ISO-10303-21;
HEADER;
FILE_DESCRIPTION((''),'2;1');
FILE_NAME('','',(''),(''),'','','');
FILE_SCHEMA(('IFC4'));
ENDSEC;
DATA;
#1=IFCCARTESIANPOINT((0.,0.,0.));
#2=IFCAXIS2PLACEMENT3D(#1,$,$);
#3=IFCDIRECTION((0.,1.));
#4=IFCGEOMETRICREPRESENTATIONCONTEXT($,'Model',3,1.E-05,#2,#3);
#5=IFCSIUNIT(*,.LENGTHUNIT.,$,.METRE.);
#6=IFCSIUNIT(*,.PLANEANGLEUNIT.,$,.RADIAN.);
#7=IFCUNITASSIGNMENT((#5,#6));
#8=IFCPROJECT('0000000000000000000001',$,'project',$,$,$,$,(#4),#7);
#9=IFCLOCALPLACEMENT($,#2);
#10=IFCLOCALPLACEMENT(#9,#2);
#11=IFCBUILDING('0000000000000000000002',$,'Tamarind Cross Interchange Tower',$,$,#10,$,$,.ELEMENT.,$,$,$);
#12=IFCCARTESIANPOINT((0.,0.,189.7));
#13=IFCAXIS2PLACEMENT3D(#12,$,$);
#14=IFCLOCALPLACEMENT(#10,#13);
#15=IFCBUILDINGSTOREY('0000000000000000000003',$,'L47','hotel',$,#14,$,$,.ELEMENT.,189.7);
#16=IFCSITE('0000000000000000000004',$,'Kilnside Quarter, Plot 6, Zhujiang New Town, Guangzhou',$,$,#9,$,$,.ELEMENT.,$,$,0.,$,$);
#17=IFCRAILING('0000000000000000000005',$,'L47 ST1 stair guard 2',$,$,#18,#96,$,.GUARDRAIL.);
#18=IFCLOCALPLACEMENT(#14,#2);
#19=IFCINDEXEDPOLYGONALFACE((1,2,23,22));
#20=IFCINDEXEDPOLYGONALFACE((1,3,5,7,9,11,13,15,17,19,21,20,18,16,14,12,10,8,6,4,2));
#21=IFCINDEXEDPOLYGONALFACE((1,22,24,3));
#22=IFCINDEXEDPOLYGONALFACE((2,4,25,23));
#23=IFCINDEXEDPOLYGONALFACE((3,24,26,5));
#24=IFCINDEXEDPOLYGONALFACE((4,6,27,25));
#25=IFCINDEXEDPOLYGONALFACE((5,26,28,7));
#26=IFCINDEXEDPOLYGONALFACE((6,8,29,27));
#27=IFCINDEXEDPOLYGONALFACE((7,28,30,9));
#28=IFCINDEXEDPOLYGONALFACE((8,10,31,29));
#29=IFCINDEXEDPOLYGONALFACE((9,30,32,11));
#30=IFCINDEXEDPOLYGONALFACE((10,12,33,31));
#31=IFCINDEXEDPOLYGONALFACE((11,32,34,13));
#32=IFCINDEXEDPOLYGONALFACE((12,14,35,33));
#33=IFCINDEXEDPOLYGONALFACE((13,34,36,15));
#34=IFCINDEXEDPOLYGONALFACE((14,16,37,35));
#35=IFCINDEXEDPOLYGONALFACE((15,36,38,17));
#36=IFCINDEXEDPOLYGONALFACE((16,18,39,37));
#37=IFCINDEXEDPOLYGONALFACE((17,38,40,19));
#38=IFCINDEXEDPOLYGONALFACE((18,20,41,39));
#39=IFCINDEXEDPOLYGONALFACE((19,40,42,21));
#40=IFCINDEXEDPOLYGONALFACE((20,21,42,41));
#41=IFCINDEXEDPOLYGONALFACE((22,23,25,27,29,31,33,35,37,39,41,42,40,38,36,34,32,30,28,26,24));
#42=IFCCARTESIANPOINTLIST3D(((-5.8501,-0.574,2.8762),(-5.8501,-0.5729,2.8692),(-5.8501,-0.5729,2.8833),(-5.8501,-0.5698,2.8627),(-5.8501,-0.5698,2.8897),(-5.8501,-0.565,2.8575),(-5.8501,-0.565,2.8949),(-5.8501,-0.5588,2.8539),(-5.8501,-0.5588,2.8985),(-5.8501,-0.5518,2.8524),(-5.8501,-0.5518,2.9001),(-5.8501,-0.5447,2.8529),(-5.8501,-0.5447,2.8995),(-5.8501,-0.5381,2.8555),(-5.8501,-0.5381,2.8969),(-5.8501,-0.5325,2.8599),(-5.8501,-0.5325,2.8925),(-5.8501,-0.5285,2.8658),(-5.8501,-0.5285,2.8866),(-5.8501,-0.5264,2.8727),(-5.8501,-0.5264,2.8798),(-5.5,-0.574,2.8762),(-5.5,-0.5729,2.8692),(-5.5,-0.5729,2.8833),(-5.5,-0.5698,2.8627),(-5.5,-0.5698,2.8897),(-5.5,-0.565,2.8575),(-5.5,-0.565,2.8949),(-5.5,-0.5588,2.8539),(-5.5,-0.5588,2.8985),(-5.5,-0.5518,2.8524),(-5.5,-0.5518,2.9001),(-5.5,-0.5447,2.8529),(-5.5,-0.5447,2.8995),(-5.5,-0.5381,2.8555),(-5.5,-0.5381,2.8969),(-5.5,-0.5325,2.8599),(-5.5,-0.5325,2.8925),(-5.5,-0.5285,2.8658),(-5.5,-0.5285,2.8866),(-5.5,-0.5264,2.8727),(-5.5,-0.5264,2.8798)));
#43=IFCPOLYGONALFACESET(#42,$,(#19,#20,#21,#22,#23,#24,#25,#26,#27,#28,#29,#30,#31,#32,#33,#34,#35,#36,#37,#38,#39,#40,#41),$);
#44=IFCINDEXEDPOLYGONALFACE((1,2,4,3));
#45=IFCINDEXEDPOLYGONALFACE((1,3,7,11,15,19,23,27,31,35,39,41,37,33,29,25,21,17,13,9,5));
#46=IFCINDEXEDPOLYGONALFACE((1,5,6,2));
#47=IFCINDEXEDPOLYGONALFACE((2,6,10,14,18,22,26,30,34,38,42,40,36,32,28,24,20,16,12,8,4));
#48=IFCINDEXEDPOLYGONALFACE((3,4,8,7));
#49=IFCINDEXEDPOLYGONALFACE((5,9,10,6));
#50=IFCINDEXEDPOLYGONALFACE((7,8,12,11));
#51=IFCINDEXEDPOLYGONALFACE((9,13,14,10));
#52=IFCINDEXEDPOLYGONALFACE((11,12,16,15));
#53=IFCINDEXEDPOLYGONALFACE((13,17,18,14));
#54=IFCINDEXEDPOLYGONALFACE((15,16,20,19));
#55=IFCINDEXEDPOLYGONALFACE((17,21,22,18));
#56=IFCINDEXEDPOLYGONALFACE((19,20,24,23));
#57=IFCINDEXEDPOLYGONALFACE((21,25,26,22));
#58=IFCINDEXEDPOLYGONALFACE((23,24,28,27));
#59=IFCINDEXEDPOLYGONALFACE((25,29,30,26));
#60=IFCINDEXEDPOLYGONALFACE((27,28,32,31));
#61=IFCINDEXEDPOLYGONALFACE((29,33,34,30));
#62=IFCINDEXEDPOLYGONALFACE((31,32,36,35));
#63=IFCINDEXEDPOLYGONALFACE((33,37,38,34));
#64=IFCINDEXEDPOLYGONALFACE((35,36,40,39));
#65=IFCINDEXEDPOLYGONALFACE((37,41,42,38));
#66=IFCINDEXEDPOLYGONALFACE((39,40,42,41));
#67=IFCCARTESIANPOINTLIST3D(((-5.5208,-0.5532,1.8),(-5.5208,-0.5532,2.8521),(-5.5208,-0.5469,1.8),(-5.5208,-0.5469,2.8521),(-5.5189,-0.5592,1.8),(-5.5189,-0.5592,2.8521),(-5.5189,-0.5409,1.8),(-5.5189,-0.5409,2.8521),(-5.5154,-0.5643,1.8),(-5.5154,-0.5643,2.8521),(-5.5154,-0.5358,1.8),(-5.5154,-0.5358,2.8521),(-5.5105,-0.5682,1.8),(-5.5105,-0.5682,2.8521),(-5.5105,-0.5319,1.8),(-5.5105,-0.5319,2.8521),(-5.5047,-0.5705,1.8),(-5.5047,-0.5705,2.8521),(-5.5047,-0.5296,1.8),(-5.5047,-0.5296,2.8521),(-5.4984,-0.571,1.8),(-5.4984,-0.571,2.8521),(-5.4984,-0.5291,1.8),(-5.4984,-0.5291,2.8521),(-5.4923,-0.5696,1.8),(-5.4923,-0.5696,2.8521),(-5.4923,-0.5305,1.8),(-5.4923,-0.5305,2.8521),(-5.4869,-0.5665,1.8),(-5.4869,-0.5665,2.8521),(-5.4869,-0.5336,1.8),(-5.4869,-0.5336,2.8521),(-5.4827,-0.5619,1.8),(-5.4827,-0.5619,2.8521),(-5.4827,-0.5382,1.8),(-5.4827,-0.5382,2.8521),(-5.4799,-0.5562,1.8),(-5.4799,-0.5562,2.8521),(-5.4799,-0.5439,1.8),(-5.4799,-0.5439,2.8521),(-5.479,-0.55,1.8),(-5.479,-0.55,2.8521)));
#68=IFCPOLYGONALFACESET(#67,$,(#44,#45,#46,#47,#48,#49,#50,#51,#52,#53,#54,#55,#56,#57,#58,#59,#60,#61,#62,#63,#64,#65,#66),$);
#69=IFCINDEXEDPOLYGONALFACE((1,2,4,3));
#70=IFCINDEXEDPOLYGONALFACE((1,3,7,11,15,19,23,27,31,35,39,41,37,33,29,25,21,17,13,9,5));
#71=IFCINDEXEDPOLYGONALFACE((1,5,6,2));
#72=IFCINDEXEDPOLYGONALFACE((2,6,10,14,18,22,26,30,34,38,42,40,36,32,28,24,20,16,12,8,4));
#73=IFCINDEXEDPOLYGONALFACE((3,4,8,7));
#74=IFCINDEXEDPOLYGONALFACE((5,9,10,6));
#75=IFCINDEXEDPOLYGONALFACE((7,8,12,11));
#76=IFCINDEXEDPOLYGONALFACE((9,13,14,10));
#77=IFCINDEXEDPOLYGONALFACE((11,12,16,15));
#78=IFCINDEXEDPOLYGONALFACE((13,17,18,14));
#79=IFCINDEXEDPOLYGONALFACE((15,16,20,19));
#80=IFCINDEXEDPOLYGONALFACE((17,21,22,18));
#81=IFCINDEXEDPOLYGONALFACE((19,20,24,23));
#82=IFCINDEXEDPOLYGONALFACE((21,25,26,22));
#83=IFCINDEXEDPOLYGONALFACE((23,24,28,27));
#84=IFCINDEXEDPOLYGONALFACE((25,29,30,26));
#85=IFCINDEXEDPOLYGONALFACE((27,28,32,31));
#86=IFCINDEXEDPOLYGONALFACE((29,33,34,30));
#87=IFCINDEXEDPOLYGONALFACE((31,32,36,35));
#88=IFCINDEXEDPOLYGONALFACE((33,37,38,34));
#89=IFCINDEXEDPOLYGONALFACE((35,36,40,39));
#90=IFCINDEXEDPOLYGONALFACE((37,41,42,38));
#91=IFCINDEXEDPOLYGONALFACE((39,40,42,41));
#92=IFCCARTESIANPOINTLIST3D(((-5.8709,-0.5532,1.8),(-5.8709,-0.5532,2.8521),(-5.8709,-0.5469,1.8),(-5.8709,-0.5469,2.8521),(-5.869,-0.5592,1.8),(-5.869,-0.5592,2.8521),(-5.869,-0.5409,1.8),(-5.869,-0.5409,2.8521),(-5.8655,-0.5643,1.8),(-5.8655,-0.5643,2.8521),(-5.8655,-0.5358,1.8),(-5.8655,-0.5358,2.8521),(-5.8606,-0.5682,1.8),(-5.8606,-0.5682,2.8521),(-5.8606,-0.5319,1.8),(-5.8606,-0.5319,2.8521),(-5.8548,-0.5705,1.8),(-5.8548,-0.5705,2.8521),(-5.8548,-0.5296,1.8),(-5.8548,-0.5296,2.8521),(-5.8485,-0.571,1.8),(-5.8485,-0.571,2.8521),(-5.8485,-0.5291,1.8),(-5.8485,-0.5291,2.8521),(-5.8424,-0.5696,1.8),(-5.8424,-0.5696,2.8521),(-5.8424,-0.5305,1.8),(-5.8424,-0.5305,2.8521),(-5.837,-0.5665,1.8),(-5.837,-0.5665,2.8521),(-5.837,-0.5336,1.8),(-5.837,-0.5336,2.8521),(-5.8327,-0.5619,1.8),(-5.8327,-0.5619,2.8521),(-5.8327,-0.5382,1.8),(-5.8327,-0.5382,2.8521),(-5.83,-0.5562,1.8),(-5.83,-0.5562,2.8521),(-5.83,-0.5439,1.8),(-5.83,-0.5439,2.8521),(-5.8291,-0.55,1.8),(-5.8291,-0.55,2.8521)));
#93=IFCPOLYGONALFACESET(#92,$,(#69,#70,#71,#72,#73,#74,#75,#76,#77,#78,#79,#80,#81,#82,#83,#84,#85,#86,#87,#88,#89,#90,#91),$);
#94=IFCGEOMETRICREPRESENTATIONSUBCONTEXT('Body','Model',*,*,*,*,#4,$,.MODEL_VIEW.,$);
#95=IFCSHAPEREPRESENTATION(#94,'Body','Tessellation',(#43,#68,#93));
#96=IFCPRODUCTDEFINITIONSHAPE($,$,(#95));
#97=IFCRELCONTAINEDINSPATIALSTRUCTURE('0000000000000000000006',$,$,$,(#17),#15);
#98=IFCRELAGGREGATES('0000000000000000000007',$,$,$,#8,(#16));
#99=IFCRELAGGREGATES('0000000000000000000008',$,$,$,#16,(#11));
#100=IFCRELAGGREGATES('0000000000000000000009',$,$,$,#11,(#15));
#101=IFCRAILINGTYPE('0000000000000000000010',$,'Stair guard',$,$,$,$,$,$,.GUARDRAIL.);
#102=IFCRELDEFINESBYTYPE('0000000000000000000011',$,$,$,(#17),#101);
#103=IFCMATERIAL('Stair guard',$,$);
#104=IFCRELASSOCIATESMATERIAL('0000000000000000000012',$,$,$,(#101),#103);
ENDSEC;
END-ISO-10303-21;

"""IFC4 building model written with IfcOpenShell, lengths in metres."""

from ifc_helpers import new_model, si_unit, direction, frame, origin, origin_2d, place, context, subcontext, project, spatial, circle, extrude, material, type_object, element, save


model = new_model("IFC4")

# Units and contexts
model_context = context("Model", 3, precision=1e-05, world=origin(), true_north=direction((0.0, 1.0)))
body_context = subcontext(model_context, "Body", "Model", "MODEL_VIEW")
ifc_project = project(units=[si_unit("LENGTHUNIT", "METRE"), si_unit("PLANEANGLEUNIT", "RADIAN")], contexts=[model_context])

# Site, building, storey
site_placement = place(None, origin())
site = spatial("IfcSite", under=ifc_project, at=site_placement, Name="Kilnside Quarter, Plot 6, Zhujiang New Town, Guangzhou", CompositionType="ELEMENT", RefElevation=0.0)
building_placement = place(site_placement, origin())
building = spatial("IfcBuilding", under=site, at=building_placement, Name="Tamarind Cross Interchange Tower", CompositionType="ELEMENT")
storey_placement = place(building_placement, frame((0.0, 0.0, 189.7)))
storey = spatial("IfcBuildingStorey", under=building, at=storey_placement, Name="L47", Description="hotel", CompositionType="ELEMENT", Elevation=189.7)

# Railing
ifc_material_1 = material(Name="Stair guard")
railing_type_1 = type_object("IfcRailingType", Name="Stair guard", PredefinedType="GUARDRAIL", material=ifc_material_1)
railing_1_placement = place(storey_placement, frame((-5.5, -0.55, 1.8)))
element("IfcRailing", 1, at=railing_1_placement, inside=storey, type_object=railing_type_1, Name="L47 ST1 stair guard 2", PredefinedType="GUARDRAIL", context=body_context, shape_type="SweptSolid", body=[
    extrude(circle(Radius=0.0239, at=origin_2d()), frame((0.0, 0.0, 1.0762), z_axis=(-1.0, 0.0, 0.0), x_axis=(0.0, -1.0, 0.0)), (0.0, 0.0, 1.0), 0.3501),
    extrude(circle(Radius=0.021, at=origin_2d()), origin(), (0.0, 0.0, 1.0), 1.052),
    extrude(circle(Radius=0.021, at=origin_2d()), frame((-0.3501, 0.0, 0.0)), (0.0, 0.0, 1.0), 1.052),
])

save(model, "model.ifc")
